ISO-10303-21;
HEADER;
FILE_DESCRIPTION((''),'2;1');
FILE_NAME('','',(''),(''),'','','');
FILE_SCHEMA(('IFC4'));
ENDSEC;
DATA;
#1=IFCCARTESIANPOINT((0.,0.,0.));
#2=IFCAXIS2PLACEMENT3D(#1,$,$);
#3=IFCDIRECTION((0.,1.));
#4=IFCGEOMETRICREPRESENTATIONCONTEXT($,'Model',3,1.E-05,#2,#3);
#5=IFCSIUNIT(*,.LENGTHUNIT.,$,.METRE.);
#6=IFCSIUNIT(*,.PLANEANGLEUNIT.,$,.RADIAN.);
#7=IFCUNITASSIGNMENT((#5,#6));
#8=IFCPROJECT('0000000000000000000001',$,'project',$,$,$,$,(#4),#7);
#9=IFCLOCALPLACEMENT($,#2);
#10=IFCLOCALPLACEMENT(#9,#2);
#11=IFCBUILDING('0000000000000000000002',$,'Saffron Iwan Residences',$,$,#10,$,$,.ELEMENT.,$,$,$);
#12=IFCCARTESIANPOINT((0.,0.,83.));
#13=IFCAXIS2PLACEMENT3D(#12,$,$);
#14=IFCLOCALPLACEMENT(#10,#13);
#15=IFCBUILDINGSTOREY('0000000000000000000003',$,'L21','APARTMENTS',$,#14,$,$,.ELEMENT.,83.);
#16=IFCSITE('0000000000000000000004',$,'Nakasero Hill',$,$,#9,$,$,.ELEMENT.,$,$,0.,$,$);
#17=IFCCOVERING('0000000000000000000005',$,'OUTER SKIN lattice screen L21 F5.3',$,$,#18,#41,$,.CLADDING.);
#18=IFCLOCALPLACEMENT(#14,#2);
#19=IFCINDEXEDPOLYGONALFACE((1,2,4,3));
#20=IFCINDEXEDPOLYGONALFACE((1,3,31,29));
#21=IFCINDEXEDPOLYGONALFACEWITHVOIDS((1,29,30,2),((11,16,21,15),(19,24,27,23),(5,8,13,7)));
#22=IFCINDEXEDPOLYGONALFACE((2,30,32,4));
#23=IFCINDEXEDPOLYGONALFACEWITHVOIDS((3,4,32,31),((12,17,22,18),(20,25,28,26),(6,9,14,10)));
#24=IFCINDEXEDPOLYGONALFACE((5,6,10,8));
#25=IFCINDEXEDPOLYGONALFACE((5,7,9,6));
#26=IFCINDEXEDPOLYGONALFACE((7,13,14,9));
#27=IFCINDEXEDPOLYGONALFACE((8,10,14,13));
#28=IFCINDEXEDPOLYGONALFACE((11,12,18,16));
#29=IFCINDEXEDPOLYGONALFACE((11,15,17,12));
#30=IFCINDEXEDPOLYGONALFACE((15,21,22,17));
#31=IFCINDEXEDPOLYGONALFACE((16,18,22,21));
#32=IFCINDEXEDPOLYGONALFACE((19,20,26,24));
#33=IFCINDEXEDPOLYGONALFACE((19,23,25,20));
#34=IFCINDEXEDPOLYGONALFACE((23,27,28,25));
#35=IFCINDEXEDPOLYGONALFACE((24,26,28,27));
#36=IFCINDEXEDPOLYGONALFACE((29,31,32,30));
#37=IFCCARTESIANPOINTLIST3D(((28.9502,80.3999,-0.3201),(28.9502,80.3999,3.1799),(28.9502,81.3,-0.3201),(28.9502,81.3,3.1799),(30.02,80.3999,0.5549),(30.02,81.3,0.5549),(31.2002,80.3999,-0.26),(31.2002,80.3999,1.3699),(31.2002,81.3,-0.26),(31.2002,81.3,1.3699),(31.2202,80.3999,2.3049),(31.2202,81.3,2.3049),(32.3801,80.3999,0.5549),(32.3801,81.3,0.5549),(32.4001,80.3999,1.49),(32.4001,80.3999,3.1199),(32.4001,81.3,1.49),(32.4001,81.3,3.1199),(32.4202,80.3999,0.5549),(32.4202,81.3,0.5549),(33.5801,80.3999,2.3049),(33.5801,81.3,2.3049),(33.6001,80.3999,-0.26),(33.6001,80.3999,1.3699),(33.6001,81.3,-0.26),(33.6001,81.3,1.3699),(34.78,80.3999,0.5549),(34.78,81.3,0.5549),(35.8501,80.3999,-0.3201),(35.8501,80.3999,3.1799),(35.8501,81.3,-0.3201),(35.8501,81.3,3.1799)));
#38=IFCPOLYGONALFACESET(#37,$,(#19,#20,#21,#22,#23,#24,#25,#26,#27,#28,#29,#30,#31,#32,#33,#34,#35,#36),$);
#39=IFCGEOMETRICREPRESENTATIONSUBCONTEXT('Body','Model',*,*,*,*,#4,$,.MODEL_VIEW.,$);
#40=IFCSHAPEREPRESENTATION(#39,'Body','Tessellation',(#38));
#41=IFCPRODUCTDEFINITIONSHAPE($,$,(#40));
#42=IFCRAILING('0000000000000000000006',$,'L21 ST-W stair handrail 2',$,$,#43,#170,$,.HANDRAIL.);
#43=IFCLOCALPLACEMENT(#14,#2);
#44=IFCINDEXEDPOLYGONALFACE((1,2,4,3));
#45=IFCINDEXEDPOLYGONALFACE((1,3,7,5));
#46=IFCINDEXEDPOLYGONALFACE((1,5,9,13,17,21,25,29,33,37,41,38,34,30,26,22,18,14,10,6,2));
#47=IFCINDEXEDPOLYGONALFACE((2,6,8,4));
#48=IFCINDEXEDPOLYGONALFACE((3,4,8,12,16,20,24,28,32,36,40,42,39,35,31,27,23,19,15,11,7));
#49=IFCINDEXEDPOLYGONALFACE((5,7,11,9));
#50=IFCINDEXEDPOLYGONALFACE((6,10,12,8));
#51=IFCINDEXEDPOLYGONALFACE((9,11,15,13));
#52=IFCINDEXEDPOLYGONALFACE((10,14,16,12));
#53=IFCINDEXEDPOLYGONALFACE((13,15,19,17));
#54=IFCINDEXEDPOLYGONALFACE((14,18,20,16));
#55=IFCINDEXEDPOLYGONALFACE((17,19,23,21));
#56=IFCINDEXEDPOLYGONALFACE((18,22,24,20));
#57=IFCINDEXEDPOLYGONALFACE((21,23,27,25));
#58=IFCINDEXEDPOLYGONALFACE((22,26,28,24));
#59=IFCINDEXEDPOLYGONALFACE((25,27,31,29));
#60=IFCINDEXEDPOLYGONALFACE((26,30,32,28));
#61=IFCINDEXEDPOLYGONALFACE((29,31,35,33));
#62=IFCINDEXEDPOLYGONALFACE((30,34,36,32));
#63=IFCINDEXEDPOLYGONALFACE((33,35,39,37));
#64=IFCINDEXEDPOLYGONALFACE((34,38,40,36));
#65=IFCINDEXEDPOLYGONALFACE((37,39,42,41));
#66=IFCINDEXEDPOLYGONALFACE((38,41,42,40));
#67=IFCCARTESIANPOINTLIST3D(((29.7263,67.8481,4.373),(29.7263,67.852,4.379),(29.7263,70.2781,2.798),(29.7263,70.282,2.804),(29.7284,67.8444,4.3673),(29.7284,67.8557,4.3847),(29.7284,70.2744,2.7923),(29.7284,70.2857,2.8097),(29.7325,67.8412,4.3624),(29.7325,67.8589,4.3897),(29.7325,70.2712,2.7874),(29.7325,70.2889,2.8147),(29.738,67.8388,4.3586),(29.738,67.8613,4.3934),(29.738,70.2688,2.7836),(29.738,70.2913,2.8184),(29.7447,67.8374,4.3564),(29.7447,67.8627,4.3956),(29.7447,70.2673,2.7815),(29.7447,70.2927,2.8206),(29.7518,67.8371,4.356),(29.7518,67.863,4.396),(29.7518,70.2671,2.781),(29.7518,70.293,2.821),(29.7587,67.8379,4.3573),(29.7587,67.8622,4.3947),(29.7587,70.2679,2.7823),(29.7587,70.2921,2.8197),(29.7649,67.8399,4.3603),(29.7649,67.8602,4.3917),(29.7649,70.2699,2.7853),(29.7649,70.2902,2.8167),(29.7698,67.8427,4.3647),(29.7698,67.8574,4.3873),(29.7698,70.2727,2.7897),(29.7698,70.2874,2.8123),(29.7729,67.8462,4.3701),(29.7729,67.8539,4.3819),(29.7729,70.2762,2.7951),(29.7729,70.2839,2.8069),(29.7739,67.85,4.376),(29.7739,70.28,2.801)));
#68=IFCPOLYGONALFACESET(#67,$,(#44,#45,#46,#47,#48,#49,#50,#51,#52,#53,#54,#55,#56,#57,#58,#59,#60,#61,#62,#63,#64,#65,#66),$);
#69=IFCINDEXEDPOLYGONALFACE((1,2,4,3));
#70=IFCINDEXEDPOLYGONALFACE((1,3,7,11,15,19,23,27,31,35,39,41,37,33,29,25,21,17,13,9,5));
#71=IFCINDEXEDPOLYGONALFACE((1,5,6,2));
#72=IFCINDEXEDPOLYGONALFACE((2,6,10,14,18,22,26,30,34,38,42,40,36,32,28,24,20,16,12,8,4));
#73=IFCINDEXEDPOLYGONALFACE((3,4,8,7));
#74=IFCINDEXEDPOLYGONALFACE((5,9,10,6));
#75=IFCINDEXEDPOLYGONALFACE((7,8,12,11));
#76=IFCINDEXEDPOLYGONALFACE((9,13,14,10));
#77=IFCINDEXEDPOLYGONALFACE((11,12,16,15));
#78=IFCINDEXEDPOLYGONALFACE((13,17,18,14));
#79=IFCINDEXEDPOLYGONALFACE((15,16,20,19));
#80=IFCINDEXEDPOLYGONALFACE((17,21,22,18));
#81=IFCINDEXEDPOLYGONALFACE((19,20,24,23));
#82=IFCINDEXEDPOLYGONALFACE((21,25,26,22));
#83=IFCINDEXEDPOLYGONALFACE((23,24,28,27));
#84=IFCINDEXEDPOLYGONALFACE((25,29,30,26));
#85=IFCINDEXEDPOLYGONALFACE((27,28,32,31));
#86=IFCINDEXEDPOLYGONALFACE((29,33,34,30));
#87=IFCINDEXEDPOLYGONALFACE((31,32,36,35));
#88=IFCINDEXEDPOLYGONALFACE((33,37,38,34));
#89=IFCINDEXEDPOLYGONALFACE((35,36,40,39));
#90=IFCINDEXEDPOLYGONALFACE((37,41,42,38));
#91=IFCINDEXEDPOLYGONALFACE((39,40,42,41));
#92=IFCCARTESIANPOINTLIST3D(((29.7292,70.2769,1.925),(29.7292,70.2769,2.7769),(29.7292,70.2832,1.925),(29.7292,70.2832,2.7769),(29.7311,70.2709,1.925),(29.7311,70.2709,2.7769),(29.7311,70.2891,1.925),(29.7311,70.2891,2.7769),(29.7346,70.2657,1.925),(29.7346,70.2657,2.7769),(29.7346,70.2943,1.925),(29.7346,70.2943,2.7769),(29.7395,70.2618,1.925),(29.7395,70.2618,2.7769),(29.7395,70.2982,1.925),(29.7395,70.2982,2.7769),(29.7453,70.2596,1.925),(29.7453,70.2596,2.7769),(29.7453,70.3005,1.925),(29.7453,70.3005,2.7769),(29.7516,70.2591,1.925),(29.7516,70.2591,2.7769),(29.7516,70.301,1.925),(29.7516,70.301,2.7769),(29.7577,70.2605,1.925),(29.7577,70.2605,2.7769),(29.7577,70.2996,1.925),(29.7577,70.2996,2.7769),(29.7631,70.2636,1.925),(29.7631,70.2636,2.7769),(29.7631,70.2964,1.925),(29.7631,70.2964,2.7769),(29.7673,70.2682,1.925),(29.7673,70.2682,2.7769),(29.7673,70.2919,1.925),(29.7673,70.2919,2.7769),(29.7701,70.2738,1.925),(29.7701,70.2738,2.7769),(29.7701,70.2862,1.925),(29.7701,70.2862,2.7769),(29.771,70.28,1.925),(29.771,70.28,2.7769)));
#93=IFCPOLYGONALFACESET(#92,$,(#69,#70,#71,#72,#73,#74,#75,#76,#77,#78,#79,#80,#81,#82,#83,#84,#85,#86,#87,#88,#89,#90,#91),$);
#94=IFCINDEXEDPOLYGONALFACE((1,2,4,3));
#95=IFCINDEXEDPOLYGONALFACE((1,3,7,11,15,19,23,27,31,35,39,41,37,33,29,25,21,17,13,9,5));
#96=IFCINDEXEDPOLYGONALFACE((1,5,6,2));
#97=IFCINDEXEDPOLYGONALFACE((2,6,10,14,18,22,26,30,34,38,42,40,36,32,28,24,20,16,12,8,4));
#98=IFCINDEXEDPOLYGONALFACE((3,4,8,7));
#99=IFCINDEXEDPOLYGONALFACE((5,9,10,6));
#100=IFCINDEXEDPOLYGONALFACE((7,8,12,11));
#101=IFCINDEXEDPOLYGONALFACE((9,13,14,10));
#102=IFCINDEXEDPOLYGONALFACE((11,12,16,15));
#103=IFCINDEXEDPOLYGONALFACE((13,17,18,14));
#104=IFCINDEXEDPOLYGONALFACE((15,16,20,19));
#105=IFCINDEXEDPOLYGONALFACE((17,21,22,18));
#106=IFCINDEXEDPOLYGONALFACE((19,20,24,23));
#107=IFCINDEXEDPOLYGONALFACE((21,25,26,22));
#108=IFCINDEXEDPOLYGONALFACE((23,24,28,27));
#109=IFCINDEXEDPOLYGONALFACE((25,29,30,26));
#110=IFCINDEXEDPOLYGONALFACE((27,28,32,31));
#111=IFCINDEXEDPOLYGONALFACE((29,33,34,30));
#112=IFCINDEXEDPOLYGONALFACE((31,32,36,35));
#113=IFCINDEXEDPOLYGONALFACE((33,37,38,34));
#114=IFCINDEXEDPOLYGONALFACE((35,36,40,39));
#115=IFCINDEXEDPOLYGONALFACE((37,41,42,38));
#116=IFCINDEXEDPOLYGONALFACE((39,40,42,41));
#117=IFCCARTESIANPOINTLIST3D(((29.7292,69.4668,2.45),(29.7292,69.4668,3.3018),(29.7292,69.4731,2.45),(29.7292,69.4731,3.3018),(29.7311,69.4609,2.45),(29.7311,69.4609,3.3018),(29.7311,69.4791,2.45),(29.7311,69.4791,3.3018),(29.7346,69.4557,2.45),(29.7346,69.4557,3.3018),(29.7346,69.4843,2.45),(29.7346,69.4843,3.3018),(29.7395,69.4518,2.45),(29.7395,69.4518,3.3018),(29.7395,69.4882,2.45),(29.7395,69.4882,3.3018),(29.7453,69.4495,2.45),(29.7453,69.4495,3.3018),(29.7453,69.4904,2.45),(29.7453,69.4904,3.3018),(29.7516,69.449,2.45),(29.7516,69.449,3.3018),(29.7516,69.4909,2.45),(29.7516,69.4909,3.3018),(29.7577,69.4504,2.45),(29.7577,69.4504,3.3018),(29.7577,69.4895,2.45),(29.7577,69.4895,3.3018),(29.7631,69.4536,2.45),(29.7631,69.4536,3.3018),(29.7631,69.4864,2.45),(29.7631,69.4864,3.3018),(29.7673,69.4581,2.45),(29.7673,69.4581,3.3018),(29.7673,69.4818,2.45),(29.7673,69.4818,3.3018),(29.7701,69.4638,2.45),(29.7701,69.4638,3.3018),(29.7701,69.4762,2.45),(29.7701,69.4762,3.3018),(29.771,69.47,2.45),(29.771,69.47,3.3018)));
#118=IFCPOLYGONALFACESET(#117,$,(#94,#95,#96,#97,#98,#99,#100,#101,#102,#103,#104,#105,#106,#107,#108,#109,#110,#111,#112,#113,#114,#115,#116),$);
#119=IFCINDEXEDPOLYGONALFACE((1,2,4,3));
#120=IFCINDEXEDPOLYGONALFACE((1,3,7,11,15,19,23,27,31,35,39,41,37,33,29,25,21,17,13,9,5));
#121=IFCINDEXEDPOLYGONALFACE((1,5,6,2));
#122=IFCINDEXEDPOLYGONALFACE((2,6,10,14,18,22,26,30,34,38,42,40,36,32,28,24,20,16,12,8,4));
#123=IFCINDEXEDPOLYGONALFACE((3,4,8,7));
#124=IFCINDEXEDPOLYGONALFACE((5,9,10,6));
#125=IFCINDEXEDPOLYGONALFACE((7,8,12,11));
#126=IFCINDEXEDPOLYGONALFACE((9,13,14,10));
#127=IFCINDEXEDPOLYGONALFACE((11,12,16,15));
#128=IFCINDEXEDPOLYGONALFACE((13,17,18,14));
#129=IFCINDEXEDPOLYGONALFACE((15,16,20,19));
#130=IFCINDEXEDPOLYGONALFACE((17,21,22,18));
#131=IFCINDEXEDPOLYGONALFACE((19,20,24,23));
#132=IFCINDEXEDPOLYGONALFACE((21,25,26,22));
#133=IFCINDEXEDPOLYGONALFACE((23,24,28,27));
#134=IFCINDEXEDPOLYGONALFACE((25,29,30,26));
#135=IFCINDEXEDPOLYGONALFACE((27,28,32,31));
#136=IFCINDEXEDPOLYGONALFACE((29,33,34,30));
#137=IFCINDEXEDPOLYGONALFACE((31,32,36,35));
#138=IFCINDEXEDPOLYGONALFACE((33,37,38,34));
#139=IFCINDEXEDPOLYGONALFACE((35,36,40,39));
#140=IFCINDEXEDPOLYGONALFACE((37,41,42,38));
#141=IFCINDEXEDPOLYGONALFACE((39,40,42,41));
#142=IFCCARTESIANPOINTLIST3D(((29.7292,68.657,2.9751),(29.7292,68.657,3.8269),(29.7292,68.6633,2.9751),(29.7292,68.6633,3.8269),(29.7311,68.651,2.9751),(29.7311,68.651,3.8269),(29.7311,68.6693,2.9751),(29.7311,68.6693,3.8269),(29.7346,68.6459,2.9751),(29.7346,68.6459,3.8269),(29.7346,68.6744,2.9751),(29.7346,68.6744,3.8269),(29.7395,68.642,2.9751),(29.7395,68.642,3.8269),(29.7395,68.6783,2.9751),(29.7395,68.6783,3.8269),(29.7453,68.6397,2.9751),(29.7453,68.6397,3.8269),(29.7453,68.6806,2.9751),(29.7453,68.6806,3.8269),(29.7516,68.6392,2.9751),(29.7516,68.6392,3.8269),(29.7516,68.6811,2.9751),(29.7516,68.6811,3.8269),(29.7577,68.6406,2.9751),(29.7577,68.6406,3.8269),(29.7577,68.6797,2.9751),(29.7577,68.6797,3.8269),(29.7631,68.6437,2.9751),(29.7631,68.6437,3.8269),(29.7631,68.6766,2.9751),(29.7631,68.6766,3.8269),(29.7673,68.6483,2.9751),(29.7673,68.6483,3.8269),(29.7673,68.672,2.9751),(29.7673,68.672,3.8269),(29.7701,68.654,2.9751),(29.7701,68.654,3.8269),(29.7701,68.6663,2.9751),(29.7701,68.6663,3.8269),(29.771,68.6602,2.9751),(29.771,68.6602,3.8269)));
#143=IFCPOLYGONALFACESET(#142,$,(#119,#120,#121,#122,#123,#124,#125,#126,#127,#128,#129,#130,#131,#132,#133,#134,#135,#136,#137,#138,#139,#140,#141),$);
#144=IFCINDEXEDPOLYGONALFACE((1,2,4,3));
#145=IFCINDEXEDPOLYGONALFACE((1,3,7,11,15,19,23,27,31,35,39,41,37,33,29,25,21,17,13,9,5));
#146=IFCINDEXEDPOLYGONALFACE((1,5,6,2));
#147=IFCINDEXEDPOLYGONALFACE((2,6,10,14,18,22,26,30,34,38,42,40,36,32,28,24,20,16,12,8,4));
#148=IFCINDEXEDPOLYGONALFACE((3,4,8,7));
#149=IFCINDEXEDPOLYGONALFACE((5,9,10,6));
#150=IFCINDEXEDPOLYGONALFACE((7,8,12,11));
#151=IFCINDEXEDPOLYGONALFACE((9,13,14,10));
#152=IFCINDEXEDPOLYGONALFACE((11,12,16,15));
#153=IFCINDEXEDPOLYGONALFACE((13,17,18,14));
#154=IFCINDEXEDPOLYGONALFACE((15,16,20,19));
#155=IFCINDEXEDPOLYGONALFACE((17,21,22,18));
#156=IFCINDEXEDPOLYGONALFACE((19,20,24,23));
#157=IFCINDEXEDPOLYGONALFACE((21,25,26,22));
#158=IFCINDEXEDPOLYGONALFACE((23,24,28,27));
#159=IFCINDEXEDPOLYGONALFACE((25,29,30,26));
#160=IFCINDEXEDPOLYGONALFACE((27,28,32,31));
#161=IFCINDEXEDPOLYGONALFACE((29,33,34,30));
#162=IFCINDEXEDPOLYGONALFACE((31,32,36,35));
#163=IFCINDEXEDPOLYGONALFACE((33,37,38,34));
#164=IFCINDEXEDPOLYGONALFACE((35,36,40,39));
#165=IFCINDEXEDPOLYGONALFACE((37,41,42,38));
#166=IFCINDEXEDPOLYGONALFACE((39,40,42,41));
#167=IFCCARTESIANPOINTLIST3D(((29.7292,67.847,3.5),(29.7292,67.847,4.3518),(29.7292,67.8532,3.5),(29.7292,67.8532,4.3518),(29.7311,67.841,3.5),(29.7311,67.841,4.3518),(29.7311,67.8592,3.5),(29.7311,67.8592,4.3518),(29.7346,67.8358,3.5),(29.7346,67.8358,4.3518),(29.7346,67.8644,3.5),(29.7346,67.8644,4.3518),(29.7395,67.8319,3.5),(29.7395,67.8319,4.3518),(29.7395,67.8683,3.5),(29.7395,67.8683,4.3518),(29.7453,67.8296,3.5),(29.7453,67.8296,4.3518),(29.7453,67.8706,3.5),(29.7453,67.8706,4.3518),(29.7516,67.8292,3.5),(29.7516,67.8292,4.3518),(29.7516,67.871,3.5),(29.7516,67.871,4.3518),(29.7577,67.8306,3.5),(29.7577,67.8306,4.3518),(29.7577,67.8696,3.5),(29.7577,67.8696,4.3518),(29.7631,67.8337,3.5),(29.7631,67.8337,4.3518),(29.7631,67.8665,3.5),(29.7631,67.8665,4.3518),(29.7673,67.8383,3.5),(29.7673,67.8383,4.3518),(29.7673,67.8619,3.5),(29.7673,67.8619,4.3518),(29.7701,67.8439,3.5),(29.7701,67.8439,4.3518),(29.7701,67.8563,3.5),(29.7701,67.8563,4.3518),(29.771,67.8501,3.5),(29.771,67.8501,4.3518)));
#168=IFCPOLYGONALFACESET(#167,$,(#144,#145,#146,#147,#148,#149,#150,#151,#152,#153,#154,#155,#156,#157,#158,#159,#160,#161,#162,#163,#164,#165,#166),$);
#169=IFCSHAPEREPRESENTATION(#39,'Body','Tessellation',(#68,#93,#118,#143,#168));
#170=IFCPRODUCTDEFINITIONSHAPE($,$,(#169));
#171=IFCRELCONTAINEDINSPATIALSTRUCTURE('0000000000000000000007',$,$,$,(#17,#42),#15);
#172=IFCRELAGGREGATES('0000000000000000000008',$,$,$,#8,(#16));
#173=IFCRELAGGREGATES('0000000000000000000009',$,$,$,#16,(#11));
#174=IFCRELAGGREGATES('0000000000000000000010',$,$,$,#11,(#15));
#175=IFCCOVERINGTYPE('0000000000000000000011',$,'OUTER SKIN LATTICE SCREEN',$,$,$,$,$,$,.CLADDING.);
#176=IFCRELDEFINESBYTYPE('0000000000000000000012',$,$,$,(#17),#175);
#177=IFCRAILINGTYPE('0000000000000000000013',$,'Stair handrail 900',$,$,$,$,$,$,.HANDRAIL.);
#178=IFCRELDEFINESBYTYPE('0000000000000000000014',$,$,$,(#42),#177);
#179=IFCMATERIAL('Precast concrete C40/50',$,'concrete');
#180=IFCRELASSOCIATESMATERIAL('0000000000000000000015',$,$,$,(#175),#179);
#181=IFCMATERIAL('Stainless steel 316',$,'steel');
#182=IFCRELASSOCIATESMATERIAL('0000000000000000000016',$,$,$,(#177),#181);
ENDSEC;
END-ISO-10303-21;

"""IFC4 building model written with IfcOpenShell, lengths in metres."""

from ifc_helpers import new_model, si_unit, direction, frame, origin, origin_2d, place, context, subcontext, project, spatial, polyline, circle, outline, extrude, material, type_object, element, save


model = new_model("IFC4")

# Units and contexts
model_context = context("Model", 3, precision=1e-05, world=origin(), true_north=direction((0.0, 1.0)))
body_context = subcontext(model_context, "Body", "Model", "MODEL_VIEW")
ifc_project = project(units=[si_unit("LENGTHUNIT", "METRE"), si_unit("PLANEANGLEUNIT", "RADIAN")], contexts=[model_context])

# Site, building, storey
site_placement = place(None, origin())
site = spatial("IfcSite", under=ifc_project, at=site_placement, Name="Nakasero Hill", CompositionType="ELEMENT", RefElevation=0.0)
building_placement = place(site_placement, origin())
building = spatial("IfcBuilding", under=site, at=building_placement, Name="Saffron Iwan Residences", CompositionType="ELEMENT")
storey_placement = place(building_placement, frame((0.0, 0.0, 83.0)))
storey = spatial("IfcBuildingStorey", under=building, at=storey_placement, Name="L21", Description="APARTMENTS", CompositionType="ELEMENT", Elevation=83.0)

# Covering
ifc_material_1 = material(Name="Precast concrete C40/50", Category="concrete")
covering_type = type_object("IfcCoveringType", Name="OUTER SKIN LATTICE SCREEN", PredefinedType="CLADDING", material=ifc_material_1)
covering_placement = place(storey_placement, frame((35.8501, 80.3999, -0.3201), z_axis=(0.0, 1.0, 0.0), x_axis=(-1.0, 0.0, 0.0)))
element("IfcCovering", 1, at=covering_placement, inside=storey, type_object=covering_type, Name="OUTER SKIN lattice screen L21 F5.3", PredefinedType="CLADDING", context=body_context, shape_type="SweptSolid", body=[
    extrude(outline(polyline([(0.0, 0.0), (6.8999, 0.0), (6.8999, 3.5), (0.0, 3.5), (0.0, 0.0)]), holes=[polyline([(1.0701, 0.875), (2.25, 0.0601), (3.4299, 0.875), (2.25, 1.6899), (1.0701, 0.875)]), polyline([(3.47, 0.875), (4.6499, 0.0601), (5.8301, 0.875), (4.6499, 1.6899), (3.47, 0.875)]), polyline([(2.27, 2.625), (3.45, 1.8101), (4.6299, 2.625), (3.45, 3.4399), (2.27, 2.625)])]), origin(), (0.0, 0.0, 1.0), 0.9001),
])

# Railing
ifc_material_2 = material(Name="Stainless steel 316", Category="steel")
railing_type = type_object("IfcRailingType", Name="Stair handrail 900", PredefinedType="HANDRAIL", material=ifc_material_2)
railing_placement = place(storey_placement, frame((29.75, 70.28, 1.925)))
element("IfcRailing", 2, at=railing_placement, inside=storey, type_object=railing_type, Name="L21 ST-W stair handrail 2", PredefinedType="HANDRAIL", context=body_context, shape_type="SweptSolid", body=[
    extrude(circle(Radius=0.0239, at=origin_2d()), frame((0.0, 0.0, 0.876), z_axis=(0.0, -0.839154, 0.543894), x_axis=(1.0, 0.0, 0.0)), (0.0, 0.0, 1.0), 2.8958),
    extrude(circle(Radius=0.021, at=origin_2d()), origin(), (0.0, 0.0, 1.0), 0.8518),
    extrude(circle(Radius=0.021, at=origin_2d()), frame((0.0, -0.8101, 0.5249)), (0.0, 0.0, 1.0), 0.8518),
    extrude(circle(Radius=0.021, at=origin_2d()), frame((0.0, -1.6199, 1.05)), (0.0, 0.0, 1.0), 0.8518),
    extrude(circle(Radius=0.021, at=origin_2d()), frame((0.0, -2.4299, 1.575)), (0.0, 0.0, 1.0), 0.8518),
])

save(model, "model.ifc")
